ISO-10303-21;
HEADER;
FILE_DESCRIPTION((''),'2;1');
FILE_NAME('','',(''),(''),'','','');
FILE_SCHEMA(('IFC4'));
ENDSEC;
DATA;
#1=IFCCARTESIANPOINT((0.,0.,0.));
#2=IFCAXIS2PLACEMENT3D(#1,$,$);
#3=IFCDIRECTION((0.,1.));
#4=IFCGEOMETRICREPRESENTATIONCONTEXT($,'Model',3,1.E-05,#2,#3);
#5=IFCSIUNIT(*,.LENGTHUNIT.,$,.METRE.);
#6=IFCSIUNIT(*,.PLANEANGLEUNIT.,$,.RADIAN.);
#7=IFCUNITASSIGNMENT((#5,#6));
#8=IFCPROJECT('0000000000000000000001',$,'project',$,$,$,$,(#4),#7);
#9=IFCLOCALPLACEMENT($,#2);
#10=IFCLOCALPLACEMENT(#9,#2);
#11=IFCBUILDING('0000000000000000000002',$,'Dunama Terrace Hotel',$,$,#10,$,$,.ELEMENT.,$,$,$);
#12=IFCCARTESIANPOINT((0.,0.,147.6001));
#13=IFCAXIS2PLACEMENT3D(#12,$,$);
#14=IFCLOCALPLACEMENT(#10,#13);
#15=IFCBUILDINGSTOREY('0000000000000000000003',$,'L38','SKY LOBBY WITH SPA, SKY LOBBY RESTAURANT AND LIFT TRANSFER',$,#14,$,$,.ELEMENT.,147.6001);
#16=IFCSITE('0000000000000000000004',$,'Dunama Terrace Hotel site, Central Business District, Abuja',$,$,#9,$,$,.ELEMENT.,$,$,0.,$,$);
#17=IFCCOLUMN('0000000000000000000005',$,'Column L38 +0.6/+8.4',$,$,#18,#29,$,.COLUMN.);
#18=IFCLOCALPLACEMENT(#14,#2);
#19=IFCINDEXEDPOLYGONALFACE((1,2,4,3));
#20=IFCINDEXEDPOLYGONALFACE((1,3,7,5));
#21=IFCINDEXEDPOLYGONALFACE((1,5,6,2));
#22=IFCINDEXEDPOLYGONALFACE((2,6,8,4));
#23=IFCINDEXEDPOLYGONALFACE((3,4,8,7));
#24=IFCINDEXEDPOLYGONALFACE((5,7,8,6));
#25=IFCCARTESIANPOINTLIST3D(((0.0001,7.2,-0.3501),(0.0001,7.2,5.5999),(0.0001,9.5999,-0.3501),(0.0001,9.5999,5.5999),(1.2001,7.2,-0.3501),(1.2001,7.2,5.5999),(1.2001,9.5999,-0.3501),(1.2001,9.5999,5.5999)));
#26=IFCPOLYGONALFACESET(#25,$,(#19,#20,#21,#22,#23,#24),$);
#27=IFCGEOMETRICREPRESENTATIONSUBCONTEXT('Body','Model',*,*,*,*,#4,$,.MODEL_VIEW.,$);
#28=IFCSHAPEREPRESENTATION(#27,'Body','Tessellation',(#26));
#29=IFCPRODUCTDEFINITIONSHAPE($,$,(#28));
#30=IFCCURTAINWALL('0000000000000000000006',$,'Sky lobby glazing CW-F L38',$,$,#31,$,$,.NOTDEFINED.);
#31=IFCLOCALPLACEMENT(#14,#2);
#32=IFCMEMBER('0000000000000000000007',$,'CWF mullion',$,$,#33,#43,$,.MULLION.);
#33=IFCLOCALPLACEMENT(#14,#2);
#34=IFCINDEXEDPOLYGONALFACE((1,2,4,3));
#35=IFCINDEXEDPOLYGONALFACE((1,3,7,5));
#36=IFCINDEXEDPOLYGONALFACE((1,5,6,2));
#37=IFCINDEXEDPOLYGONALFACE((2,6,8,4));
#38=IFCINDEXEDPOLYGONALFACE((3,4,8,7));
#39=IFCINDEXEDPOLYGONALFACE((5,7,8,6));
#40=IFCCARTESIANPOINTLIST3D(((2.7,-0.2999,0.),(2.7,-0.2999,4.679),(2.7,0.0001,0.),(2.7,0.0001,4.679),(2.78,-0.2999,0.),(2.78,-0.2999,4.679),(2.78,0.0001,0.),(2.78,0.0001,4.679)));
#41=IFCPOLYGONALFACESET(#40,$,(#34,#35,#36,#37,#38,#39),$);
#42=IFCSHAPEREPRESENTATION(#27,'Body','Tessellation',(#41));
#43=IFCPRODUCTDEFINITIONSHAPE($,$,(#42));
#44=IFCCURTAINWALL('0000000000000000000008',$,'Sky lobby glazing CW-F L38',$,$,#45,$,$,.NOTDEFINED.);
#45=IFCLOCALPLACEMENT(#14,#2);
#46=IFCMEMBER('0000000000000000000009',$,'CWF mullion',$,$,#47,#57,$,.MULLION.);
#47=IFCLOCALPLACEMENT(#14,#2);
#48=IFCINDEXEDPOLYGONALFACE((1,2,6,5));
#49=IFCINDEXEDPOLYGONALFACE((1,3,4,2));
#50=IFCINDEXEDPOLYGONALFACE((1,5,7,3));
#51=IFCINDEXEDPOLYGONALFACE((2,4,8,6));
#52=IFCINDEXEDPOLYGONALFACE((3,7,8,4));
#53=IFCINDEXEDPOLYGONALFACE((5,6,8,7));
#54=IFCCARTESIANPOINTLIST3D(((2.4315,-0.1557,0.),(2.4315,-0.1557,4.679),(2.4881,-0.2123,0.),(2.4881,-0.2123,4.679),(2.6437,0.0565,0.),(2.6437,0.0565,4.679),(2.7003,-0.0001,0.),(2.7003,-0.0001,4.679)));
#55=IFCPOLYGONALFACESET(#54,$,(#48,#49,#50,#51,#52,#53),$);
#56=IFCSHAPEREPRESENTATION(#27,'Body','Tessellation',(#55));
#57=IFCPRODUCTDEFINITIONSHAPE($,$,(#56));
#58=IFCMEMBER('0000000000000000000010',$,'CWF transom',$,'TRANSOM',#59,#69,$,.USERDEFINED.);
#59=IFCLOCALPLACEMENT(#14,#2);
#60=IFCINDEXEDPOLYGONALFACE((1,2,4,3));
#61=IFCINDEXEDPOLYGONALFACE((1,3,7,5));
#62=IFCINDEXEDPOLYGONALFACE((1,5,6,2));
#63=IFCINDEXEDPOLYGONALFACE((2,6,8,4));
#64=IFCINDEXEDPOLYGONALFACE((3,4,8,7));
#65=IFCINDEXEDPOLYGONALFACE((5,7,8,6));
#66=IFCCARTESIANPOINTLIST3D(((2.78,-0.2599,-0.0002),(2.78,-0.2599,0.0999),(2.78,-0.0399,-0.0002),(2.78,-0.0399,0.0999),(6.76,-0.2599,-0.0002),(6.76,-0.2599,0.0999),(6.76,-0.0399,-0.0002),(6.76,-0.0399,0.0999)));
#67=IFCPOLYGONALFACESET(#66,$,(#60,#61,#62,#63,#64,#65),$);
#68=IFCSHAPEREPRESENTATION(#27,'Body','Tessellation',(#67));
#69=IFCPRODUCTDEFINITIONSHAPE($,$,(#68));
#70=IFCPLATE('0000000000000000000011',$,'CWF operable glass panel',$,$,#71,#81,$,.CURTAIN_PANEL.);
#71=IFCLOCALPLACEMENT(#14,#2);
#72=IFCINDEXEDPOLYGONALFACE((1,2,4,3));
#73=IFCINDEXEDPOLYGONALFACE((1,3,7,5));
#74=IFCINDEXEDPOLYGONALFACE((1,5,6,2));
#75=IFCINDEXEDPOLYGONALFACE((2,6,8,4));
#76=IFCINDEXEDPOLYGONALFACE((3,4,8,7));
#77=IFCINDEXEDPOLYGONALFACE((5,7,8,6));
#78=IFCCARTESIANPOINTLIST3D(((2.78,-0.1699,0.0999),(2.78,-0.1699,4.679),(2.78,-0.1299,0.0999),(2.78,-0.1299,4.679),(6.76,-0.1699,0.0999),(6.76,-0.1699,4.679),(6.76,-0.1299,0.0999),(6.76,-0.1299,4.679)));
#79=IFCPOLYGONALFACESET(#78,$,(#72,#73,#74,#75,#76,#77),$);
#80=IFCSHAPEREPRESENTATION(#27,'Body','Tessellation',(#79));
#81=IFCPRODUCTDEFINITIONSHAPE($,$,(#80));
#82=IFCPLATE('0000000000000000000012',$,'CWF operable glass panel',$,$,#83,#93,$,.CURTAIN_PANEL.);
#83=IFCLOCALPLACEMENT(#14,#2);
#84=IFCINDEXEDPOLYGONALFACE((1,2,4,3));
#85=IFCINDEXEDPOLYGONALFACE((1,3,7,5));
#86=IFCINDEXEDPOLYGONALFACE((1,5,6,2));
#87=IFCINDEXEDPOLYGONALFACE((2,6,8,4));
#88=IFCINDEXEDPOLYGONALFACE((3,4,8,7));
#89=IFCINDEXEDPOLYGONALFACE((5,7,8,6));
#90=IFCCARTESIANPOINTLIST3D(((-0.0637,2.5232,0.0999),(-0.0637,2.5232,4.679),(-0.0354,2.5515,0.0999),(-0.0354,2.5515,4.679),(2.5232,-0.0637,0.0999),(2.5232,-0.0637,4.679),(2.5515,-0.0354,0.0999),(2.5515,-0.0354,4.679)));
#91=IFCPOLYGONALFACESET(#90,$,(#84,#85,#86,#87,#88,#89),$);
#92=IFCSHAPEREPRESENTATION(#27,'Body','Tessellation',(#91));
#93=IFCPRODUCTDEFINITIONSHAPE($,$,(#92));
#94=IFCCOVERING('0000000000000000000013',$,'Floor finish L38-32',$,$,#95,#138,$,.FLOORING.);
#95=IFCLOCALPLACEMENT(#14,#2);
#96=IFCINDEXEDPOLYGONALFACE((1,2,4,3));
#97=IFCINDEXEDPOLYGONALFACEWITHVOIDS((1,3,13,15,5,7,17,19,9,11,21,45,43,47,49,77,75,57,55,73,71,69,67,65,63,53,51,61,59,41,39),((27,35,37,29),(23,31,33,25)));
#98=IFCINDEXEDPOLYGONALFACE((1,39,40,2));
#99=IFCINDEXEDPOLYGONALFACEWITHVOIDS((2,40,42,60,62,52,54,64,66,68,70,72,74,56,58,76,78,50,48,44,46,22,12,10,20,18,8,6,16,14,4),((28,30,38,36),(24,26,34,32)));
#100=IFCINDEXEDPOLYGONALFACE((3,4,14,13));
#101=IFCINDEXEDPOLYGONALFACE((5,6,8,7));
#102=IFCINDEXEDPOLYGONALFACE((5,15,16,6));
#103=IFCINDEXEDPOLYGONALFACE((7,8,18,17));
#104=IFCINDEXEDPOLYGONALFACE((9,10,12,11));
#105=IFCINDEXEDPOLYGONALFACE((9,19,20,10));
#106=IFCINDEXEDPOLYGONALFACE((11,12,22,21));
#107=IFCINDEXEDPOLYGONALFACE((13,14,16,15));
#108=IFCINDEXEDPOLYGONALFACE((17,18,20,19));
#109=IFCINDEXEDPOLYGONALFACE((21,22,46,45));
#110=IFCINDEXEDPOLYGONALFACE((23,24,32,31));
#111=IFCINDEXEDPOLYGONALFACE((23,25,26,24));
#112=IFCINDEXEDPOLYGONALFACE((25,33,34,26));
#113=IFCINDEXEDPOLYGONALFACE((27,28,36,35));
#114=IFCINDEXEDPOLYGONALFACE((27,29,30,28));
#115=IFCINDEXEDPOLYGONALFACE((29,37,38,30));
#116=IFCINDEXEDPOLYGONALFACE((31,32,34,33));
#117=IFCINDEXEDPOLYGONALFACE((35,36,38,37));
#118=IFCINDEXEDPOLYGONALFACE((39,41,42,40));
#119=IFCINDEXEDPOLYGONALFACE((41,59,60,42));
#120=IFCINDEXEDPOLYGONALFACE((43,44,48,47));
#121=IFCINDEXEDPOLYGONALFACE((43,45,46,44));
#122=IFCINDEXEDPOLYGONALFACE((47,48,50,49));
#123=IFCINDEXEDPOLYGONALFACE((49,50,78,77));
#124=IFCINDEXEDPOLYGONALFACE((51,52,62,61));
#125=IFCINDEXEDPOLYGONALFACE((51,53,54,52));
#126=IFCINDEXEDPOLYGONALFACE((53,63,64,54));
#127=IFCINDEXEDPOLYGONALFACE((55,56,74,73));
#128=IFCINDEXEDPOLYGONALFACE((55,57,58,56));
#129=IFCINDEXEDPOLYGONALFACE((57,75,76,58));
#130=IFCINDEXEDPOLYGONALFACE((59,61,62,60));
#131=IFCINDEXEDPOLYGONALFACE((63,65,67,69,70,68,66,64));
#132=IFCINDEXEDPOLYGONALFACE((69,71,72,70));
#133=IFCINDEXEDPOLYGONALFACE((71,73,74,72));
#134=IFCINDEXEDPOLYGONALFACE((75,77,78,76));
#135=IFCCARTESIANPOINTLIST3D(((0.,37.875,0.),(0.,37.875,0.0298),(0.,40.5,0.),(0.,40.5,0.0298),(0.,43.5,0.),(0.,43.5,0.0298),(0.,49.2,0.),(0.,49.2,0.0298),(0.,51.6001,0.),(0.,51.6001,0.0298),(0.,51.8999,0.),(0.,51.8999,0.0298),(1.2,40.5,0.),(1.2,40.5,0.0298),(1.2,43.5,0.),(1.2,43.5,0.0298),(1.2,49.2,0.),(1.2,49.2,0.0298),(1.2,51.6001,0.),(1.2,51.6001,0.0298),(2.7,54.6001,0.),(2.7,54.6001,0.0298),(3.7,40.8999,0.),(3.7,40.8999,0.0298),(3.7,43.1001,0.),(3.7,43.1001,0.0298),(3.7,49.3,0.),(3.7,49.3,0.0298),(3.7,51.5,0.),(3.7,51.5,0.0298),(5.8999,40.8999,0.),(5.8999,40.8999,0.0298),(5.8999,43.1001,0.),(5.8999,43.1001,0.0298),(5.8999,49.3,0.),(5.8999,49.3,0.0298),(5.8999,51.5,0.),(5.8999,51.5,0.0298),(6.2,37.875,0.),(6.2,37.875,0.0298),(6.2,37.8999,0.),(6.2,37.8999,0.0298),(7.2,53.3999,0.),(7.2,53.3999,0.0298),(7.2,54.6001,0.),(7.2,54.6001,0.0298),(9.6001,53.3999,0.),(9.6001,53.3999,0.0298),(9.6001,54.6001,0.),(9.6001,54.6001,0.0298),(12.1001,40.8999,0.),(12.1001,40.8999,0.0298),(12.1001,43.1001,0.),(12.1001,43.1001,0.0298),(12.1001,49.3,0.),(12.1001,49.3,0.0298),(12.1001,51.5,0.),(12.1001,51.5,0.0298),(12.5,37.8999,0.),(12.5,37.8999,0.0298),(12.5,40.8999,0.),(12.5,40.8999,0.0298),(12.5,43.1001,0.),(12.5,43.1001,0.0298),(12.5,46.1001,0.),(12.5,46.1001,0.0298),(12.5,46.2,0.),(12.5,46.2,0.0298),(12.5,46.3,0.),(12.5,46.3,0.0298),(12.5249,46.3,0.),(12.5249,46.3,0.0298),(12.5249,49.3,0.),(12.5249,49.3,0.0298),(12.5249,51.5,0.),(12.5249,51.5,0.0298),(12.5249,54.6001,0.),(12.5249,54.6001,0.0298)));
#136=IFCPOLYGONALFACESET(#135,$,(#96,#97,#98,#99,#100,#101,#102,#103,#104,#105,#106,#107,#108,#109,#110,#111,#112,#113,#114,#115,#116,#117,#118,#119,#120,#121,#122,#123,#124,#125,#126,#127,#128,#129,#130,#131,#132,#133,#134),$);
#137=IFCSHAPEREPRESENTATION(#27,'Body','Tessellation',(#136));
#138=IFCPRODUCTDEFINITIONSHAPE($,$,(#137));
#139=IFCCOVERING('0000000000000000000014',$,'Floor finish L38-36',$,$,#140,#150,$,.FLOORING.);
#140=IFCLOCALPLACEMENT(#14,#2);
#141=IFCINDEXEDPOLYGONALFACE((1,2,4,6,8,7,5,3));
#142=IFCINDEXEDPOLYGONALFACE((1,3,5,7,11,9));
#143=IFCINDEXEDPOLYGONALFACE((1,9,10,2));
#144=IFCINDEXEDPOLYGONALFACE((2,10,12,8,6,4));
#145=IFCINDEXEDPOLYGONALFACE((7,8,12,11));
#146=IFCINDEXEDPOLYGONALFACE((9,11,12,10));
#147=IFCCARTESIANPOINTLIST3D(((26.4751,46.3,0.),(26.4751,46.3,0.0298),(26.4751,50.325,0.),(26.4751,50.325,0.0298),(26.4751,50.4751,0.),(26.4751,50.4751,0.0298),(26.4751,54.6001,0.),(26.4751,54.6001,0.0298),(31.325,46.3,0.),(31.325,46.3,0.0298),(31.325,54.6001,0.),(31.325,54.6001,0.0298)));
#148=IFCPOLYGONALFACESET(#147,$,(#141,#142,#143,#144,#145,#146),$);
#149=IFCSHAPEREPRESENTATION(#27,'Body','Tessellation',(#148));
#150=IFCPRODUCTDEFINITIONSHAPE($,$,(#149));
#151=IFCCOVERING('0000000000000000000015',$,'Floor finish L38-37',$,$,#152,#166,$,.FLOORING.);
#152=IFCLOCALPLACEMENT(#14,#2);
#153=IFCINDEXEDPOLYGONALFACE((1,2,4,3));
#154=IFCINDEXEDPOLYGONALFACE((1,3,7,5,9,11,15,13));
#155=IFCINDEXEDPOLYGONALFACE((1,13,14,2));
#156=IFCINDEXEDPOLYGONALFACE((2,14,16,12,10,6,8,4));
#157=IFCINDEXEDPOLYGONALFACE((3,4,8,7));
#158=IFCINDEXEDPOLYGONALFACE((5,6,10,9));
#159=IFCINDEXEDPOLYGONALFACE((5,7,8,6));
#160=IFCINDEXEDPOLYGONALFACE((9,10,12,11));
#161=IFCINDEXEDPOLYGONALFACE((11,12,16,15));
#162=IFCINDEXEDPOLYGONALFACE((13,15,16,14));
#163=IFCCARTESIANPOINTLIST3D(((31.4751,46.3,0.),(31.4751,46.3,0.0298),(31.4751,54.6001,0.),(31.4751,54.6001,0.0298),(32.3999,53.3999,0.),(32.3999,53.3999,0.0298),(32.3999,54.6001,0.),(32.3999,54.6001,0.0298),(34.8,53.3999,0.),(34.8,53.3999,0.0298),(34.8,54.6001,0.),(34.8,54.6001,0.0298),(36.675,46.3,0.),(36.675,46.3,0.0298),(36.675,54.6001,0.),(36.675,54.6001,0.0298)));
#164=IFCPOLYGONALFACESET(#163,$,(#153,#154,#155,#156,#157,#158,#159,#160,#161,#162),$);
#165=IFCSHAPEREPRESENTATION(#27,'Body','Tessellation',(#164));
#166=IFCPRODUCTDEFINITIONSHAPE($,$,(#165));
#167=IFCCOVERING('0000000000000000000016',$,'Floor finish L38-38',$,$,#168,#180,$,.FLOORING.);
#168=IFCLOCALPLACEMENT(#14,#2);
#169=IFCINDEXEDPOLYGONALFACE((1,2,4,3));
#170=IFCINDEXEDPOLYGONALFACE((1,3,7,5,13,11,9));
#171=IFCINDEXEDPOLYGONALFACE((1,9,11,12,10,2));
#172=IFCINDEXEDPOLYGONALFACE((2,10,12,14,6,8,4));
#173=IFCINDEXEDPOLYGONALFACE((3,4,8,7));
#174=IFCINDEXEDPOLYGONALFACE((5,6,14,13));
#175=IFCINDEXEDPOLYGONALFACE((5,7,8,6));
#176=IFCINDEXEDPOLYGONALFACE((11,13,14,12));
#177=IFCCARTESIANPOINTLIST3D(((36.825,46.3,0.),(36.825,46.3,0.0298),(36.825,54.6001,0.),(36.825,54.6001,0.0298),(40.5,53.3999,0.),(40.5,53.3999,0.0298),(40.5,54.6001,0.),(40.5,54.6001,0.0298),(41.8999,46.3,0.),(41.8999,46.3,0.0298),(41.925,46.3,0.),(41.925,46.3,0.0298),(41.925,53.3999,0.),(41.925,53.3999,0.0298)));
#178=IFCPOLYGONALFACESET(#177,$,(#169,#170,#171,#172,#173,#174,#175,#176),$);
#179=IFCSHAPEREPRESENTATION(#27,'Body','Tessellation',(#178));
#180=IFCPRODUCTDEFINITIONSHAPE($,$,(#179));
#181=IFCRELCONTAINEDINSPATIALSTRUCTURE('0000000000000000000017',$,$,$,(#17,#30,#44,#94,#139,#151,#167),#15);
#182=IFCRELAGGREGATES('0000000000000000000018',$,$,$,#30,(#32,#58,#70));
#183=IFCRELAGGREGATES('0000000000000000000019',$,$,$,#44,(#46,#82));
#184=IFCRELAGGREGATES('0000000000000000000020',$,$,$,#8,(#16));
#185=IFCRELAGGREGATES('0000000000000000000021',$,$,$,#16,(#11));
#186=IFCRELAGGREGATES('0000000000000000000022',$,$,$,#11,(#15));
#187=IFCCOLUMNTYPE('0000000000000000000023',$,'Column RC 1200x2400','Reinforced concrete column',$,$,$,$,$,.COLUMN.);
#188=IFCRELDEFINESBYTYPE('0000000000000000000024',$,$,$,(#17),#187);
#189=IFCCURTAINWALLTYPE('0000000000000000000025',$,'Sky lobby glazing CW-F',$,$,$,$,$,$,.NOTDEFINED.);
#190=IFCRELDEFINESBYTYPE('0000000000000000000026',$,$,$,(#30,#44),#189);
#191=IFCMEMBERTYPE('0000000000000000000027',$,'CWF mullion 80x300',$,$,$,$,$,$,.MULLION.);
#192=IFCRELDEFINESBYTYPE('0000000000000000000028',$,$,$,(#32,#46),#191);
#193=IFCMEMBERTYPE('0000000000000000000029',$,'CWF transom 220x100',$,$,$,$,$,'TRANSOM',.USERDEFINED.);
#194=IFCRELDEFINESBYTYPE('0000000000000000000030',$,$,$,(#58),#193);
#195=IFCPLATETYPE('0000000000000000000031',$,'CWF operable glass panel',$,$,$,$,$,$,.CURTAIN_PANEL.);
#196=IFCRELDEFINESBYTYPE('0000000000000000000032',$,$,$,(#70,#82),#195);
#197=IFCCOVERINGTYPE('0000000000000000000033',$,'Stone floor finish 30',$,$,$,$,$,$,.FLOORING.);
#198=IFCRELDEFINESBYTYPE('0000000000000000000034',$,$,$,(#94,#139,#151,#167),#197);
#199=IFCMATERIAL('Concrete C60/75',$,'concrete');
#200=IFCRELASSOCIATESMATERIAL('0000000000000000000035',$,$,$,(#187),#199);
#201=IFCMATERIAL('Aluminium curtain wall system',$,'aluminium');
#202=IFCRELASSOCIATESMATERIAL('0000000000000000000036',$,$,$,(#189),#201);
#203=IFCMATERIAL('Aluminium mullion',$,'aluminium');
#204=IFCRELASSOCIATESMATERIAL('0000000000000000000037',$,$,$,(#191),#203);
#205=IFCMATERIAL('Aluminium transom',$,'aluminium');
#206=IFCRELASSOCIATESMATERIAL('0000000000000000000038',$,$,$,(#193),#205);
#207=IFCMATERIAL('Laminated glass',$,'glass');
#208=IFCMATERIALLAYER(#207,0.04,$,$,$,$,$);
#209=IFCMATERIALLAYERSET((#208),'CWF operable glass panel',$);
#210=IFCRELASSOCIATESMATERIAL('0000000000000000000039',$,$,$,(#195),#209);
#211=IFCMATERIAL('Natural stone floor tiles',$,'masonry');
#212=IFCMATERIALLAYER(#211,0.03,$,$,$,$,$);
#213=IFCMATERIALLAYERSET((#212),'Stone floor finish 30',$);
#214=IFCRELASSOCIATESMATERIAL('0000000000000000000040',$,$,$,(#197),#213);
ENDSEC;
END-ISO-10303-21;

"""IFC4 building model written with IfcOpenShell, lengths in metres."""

from ifc_helpers import new_model, si_unit, direction, frame, origin, origin_2d, place, context, subcontext, project, spatial, polyline, rectangle, outline, extrude, material, layer, layer_set, material_profile, profile_set, type_object, element, aggregate, save


model = new_model("IFC4")

# Units and contexts
model_context = context("Model", 3, precision=1e-05, world=origin(), true_north=direction((0.0, 1.0)))
body_context = subcontext(model_context, "Body", "Model", "MODEL_VIEW")
ifc_project = project(units=[si_unit("LENGTHUNIT", "METRE"), si_unit("PLANEANGLEUNIT", "RADIAN")], contexts=[model_context])

# Site, building, storey
site_placement = place(None, origin())
site = spatial("IfcSite", under=ifc_project, at=site_placement, Name="Dunama Terrace Hotel site, Central Business District, Abuja", CompositionType="ELEMENT", RefElevation=0.0)
building_placement = place(site_placement, origin())
building = spatial("IfcBuilding", under=site, at=building_placement, Name="Dunama Terrace Hotel", CompositionType="ELEMENT")
storey_placement = place(building_placement, frame((0.0, 0.0, 147.6001)))
storey = spatial("IfcBuildingStorey", under=building, at=storey_placement, Name="L38", Description="SKY LOBBY WITH SPA, SKY LOBBY RESTAURANT AND LIFT TRANSFER", CompositionType="ELEMENT", Elevation=147.6001)

# Column
ifc_material_1 = material(Name="Concrete C60/75", Category="concrete")
ifc_material_profile_1 = material_profile(ifc_material_1, rectangle(XDim=1.2, YDim=2.3999, at=origin_2d()), Name="RC 1200x2400")
ifc_profile_set_1 = profile_set([ifc_material_profile_1], Name="Concrete C60/75")
column_type = type_object("IfcColumnType", Name="Column RC 1200x2400", Description="Reinforced concrete column", PredefinedType="COLUMN", material=ifc_profile_set_1)
column_placement = place(storey_placement, frame((0.6001, 8.3999, -0.3501), z_axis=(0.0, 0.0, 1.0), x_axis=(1.0, 0.0, 0.0)))
element("IfcColumn", 1, at=column_placement, inside=storey, type_object=column_type, Name="Column L38 +0.6/+8.4", PredefinedType="COLUMN", context=body_context, shape_type="SweptSolid", body=[
    extrude(rectangle(XDim=1.2, YDim=2.3999, at=origin_2d()), origin(), (0.0, 0.0, 1.0), 5.95),
])

# Curtain walls, members
ifc_material_2 = material(Name="Aluminium curtain wall system", Category="aluminium")
curtain_wall_type = type_object("IfcCurtainWallType", Name="Sky lobby glazing CW-F", PredefinedType="NOTDEFINED", material=ifc_material_2)
curtain_wall_1_placement = place(storey_placement, origin())
curtain_wall_1 = element("IfcCurtainWall", 2, at=curtain_wall_1_placement, inside=storey, type_object=curtain_wall_type, Name="Sky lobby glazing CW-F L38", PredefinedType="NOTDEFINED")
ifc_material_3 = material(Name="Aluminium mullion", Category="aluminium")
ifc_material_profile_2 = material_profile(ifc_material_3, rectangle(XDim=0.0801, YDim=0.3, at=origin_2d()), Name="CWF MULLION 80X300")
ifc_profile_set_2 = profile_set([ifc_material_profile_2], Name="Aluminium mullion")
member_type_1 = type_object("IfcMemberType", Name="CWF mullion 80x300", PredefinedType="MULLION", material=ifc_profile_set_2)
member_1_placement = place(storey_placement, frame((2.74, -0.1499, 0.0), z_axis=(0.0, 0.0, 1.0), x_axis=(1.0, 0.0, 0.0)))
member_1 = element("IfcMember", 3, at=member_1_placement, type_object=member_type_1, Name="CWF mullion", PredefinedType="MULLION", context=body_context, shape_type="SweptSolid", body=[
    extrude(rectangle(XDim=0.0801, YDim=0.3, at=origin_2d()), origin(), (0.0, 0.0, 1.0), 4.679),
])
curtain_wall_2_placement = place(storey_placement, origin())
curtain_wall_2 = element("IfcCurtainWall", 4, at=curtain_wall_2_placement, inside=storey, type_object=curtain_wall_type, Name="Sky lobby glazing CW-F L38", PredefinedType="NOTDEFINED")
member_2_placement = place(storey_placement, frame((2.5659, -0.0779, 0.0), z_axis=(0.0, 0.0, 1.0), x_axis=(0.707107, -0.707107, 0.0)))
member_2 = element("IfcMember", 5, at=member_2_placement, type_object=member_type_1, Name="CWF mullion", PredefinedType="MULLION", context=body_context, shape_type="SweptSolid", body=[
    extrude(rectangle(XDim=0.0801, YDim=0.3, at=origin_2d()), origin(), (0.0, 0.0, 1.0), 4.679),
])

# Member
ifc_material_4 = material(Name="Aluminium transom", Category="aluminium")
ifc_material_profile_3 = material_profile(ifc_material_4, rectangle(XDim=0.22, YDim=0.1001, at=origin_2d()), Name="CWF TRANSOM 220X100")
ifc_profile_set_3 = profile_set([ifc_material_profile_3], Name="Aluminium transom")
member_type_2 = type_object("IfcMemberType", Name="CWF transom 220x100", ElementType="TRANSOM", PredefinedType="USERDEFINED", material=ifc_profile_set_3)
member_3_placement = place(storey_placement, frame((2.78, -0.1499, 0.0498), z_axis=(1.0, 0.0, 0.0), x_axis=(0.0, 1.0, 0.0)))
member_3 = element("IfcMember", 6, at=member_3_placement, type_object=member_type_2, Name="CWF transom", ObjectType="TRANSOM", PredefinedType="USERDEFINED", context=body_context, shape_type="SweptSolid", body=[
    extrude(rectangle(XDim=0.22, YDim=0.1001, at=origin_2d()), origin(), (0.0, 0.0, 1.0), 3.98),
])

# Plates
ifc_material_5 = material(Name="Laminated glass", Category="glass")
ifc_layer_1 = layer(ifc_material_5, 0.04)
ifc_layer_set_1 = layer_set([ifc_layer_1], Name="CWF operable glass panel")
plate_type = type_object("IfcPlateType", Name="CWF operable glass panel", PredefinedType="CURTAIN_PANEL", material=ifc_layer_set_1)
plate_1_placement = place(storey_placement, frame((4.77, -0.1499, 0.0999), z_axis=(0.0, 0.0, 1.0), x_axis=(1.0, 0.0, 0.0)))
plate_1 = element("IfcPlate", 7, at=plate_1_placement, type_object=plate_type, Name="CWF operable glass panel", PredefinedType="CURTAIN_PANEL", context=body_context, shape_type="SweptSolid", body=[
    extrude(rectangle(XDim=3.98, YDim=0.04, at=origin_2d()), origin(), (0.0, 0.0, 1.0), 4.5791),
])
aggregate(curtain_wall_1, [member_1, member_3, plate_1])
plate_2_placement = place(storey_placement, frame((1.2439, 1.2439, 0.0999), z_axis=(0.0, 0.0, 1.0), x_axis=(0.707107, -0.707107, 0.0)))
plate_2 = element("IfcPlate", 8, at=plate_2_placement, type_object=plate_type, Name="CWF operable glass panel", PredefinedType="CURTAIN_PANEL", context=body_context, shape_type="SweptSolid", body=[
    extrude(rectangle(XDim=3.6584, YDim=0.04, at=origin_2d()), origin(), (0.0, 0.0, 1.0), 4.5791),
])
aggregate(curtain_wall_2, [member_2, plate_2])

# Coverings
ifc_material_6 = material(Name="Natural stone floor tiles", Category="masonry")
ifc_layer_2 = layer(ifc_material_6, 0.03)
ifc_layer_set_2 = layer_set([ifc_layer_2], Name="Stone floor finish 30")
covering_type_1 = type_object("IfcCoveringType", Name="Stone floor finish 30", PredefinedType="FLOORING", material=ifc_layer_set_2)
covering_1_placement = place(storey_placement, origin())
element("IfcCovering", 9, at=covering_1_placement, inside=storey, type_object=covering_type_1, Name="Floor finish L38-32", PredefinedType="FLOORING", context=body_context, shape_type="SweptSolid", body=[
    extrude(outline(polyline([(0.0, 40.5), (0.0, 37.875), (6.2, 37.875), (6.2, 37.8999), (12.5, 37.8999), (12.5, 40.8999), (12.1001, 40.8999), (12.1001, 43.1001), (12.5, 43.1001), (12.5, 46.1001), (12.5, 46.2), (12.5, 46.3), (12.5249, 46.3), (12.5249, 49.3), (12.1001, 49.3), (12.1001, 51.5), (12.5249, 51.5), (12.5249, 54.6001), (9.6001, 54.6001), (9.6001, 53.3999), (7.2, 53.3999), (7.2, 54.6001), (2.7, 54.6001), (0.0, 51.8999), (0.0, 51.6001), (1.2, 51.6001), (1.2, 49.2), (0.0, 49.2), (0.0, 43.5), (1.2, 43.5), (1.2, 40.5), (0.0, 40.5)]), holes=[polyline([(3.7, 43.1001), (5.8999, 43.1001), (5.8999, 40.8999), (3.7, 40.8999), (3.7, 43.1001)]), polyline([(3.7, 51.5), (5.8999, 51.5), (5.8999, 49.3), (3.7, 49.3), (3.7, 51.5)])]), origin(), (0.0, 0.0, 1.0), 0.0298),
])
covering_2_placement = place(storey_placement, origin())
element("IfcCovering", 10, at=covering_2_placement, inside=storey, type_object=covering_type_1, Name="Floor finish L38-36", PredefinedType="FLOORING", context=body_context, shape_type="SweptSolid", body=[
    extrude(outline(polyline([(31.325, 54.6001), (26.4751, 54.6001), (26.4751, 50.4751), (26.4751, 50.325), (26.4751, 46.3), (31.325, 46.3), (31.325, 54.6001)])), origin(), (0.0, 0.0, 1.0), 0.0298),
])
covering_3_placement = place(storey_placement, origin())
element("IfcCovering", 11, at=covering_3_placement, inside=storey, type_object=covering_type_1, Name="Floor finish L38-37", PredefinedType="FLOORING", context=body_context, shape_type="SweptSolid", body=[
    extrude(outline(polyline([(32.3999, 54.6001), (31.4751, 54.6001), (31.4751, 46.3), (36.675, 46.3), (36.675, 54.6001), (34.8, 54.6001), (34.8, 53.3999), (32.3999, 53.3999), (32.3999, 54.6001)])), origin(), (0.0, 0.0, 1.0), 0.0298),
])
covering_4_placement = place(storey_placement, origin())
element("IfcCovering", 12, at=covering_4_placement, inside=storey, type_object=covering_type_1, Name="Floor finish L38-38", PredefinedType="FLOORING", context=body_context, shape_type="SweptSolid", body=[
    extrude(outline(polyline([(40.5, 54.6001), (36.825, 54.6001), (36.825, 46.3), (41.8999, 46.3), (41.925, 46.3), (41.925, 53.3999), (40.5, 53.3999), (40.5, 54.6001)])), origin(), (0.0, 0.0, 1.0), 0.0298),
])

save(model, "model.ifc")
